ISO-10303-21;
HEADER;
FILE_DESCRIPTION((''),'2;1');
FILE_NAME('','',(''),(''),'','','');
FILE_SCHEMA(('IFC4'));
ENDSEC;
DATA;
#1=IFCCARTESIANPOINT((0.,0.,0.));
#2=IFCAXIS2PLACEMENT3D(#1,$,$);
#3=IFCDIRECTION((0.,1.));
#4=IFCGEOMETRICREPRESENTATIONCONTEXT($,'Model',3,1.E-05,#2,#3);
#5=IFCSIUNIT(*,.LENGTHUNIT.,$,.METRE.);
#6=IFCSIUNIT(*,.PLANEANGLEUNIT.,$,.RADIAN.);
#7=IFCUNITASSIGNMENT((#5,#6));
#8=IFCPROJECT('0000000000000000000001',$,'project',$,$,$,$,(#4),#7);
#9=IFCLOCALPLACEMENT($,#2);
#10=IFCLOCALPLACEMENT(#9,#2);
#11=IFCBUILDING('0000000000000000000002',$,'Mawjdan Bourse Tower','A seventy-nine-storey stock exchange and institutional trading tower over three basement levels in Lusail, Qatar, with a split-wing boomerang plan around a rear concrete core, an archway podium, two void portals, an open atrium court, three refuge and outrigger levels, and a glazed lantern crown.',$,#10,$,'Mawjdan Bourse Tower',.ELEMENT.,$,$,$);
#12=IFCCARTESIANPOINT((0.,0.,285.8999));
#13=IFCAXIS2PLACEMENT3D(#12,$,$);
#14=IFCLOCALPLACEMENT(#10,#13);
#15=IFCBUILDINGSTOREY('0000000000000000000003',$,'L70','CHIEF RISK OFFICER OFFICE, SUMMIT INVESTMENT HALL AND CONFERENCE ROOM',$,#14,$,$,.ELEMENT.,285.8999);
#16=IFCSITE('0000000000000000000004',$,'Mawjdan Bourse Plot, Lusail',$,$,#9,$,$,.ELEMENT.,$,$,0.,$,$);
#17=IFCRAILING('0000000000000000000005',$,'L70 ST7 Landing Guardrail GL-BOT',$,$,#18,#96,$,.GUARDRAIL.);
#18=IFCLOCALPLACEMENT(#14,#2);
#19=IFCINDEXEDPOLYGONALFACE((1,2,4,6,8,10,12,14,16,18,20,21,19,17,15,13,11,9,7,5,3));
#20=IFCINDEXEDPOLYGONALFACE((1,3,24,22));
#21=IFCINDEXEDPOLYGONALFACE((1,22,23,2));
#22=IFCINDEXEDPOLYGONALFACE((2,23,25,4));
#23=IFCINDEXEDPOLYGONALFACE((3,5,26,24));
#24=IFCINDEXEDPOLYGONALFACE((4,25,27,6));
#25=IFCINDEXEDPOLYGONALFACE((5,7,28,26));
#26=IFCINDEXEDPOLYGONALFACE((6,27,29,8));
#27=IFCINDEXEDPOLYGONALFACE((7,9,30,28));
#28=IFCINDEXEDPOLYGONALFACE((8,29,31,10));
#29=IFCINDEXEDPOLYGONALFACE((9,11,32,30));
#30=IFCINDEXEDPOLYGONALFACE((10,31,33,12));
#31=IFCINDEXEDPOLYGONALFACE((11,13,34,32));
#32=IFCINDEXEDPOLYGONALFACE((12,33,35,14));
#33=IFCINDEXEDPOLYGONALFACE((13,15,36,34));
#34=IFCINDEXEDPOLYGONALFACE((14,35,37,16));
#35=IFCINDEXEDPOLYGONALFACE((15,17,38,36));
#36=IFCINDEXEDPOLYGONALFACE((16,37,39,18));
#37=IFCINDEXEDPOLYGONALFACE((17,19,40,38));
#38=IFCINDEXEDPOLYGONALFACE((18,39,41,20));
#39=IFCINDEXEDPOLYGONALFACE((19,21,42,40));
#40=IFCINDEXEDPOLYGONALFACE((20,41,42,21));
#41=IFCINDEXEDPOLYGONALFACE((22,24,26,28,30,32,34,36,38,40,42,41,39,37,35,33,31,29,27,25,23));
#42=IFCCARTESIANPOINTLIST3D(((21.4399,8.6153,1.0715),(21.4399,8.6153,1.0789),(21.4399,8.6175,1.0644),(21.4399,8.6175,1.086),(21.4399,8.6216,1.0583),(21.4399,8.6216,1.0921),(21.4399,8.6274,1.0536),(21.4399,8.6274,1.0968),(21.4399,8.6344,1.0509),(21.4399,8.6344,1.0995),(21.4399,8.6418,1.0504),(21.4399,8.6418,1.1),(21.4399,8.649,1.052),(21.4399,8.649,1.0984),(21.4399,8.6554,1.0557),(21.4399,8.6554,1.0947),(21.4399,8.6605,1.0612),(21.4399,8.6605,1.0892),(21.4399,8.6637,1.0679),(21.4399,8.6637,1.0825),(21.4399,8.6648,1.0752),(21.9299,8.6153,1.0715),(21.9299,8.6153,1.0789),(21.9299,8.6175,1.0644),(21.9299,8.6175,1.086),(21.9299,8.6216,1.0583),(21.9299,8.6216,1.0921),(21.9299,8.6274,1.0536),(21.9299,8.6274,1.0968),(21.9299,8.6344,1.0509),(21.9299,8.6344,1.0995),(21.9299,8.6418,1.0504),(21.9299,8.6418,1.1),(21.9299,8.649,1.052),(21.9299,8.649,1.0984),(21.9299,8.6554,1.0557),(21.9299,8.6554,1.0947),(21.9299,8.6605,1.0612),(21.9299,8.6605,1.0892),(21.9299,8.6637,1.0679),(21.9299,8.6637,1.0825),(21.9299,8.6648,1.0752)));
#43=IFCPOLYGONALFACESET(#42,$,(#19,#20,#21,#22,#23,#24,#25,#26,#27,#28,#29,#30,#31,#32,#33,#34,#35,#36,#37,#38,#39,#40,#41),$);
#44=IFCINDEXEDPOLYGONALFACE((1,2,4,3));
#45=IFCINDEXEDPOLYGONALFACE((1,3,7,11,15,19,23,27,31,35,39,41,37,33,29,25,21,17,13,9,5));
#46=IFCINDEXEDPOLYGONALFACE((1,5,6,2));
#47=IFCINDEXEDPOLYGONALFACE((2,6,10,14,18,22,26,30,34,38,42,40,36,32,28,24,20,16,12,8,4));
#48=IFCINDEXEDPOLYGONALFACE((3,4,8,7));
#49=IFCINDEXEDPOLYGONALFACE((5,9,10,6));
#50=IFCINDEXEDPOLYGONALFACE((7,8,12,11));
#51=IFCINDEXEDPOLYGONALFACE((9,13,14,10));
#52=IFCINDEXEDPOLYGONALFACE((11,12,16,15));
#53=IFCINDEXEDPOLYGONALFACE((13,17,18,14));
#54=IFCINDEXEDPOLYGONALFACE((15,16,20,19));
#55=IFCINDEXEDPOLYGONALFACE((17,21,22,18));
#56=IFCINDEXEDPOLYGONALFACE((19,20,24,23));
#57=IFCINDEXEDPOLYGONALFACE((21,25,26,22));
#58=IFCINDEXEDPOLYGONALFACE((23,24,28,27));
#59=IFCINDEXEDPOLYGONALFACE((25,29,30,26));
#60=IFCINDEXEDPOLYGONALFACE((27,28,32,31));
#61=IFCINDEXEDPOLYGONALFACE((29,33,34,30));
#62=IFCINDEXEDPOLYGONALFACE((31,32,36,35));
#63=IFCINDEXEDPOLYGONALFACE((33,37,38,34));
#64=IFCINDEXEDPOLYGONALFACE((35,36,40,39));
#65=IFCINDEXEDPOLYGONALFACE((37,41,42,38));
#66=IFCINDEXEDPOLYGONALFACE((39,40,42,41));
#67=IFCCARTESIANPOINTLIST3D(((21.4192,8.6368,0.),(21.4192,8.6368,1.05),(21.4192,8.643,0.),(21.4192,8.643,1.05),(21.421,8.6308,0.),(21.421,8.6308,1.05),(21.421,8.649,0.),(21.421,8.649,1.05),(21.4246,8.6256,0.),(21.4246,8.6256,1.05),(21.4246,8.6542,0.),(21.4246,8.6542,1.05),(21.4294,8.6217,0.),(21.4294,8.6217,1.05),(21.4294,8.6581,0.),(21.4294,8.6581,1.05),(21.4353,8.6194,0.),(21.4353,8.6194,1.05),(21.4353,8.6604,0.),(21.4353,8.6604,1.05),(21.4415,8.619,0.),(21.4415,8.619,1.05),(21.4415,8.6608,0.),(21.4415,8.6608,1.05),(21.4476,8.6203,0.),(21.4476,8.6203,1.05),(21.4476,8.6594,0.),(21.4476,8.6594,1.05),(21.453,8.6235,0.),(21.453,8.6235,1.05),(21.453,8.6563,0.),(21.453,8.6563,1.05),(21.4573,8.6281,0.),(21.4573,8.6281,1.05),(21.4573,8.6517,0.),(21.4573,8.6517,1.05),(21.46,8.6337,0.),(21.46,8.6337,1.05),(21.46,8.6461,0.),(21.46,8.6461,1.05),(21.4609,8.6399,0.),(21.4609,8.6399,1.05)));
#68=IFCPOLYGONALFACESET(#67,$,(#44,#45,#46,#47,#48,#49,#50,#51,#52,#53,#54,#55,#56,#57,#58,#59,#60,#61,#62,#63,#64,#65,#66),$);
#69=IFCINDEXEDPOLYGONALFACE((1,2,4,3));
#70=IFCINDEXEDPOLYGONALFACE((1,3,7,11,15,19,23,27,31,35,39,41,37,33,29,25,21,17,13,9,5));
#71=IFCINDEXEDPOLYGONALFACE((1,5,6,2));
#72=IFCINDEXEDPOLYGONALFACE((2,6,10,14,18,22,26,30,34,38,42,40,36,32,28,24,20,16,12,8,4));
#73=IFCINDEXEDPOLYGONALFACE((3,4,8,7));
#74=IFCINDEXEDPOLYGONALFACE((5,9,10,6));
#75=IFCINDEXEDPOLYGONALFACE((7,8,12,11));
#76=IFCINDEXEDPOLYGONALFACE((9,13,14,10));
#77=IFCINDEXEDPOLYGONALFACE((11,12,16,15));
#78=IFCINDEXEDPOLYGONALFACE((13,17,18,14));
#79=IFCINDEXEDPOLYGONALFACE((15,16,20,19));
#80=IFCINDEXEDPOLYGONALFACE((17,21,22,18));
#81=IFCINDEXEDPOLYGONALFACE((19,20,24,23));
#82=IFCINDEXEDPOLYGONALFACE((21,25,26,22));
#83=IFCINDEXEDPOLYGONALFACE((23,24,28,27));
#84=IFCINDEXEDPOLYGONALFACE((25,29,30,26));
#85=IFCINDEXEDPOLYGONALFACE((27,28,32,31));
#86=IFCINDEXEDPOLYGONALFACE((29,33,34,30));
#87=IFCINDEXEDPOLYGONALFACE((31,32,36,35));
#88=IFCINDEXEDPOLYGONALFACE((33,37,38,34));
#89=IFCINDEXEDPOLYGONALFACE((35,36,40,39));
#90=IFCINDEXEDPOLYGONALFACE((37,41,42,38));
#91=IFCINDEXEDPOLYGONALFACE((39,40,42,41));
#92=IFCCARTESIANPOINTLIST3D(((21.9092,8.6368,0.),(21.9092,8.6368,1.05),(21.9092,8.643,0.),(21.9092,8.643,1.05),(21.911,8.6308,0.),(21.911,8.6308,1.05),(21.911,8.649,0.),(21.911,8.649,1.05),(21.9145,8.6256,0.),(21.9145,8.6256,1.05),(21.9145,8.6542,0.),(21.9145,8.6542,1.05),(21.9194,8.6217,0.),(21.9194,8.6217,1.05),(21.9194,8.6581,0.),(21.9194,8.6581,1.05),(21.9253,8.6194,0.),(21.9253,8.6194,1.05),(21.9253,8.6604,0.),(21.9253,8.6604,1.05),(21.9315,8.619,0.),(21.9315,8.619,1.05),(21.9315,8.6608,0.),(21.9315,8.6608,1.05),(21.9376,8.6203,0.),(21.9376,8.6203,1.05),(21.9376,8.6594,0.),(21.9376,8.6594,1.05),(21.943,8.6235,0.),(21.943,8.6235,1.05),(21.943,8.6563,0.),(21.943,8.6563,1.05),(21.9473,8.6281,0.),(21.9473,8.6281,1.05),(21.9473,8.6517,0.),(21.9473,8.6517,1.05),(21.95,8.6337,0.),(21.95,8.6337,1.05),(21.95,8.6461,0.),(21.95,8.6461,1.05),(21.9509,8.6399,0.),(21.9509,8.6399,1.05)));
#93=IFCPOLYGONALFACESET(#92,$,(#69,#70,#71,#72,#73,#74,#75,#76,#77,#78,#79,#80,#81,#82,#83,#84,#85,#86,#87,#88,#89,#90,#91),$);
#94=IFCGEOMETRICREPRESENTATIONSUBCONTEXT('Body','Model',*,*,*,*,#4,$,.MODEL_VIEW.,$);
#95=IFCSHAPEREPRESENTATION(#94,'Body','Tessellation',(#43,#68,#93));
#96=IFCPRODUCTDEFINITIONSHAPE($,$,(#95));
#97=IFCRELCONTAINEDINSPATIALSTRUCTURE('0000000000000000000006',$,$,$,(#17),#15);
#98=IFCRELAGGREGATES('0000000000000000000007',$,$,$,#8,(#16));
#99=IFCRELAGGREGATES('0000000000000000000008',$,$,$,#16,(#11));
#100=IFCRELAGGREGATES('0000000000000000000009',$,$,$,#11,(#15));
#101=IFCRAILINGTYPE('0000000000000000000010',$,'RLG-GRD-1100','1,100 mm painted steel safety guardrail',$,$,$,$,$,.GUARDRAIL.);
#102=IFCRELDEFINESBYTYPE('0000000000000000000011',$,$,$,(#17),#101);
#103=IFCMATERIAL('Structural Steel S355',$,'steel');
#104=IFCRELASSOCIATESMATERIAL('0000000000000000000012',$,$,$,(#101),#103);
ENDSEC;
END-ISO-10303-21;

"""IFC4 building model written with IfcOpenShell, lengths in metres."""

from ifc_helpers import new_model, si_unit, direction, frame, origin, origin_2d, place, context, subcontext, project, spatial, circle, extrude, material, type_object, element, save


model = new_model("IFC4")

# Units and contexts
model_context = context("Model", 3, precision=1e-05, world=origin(), true_north=direction((0.0, 1.0)))
body_context = subcontext(model_context, "Body", "Model", "MODEL_VIEW")
ifc_project = project(units=[si_unit("LENGTHUNIT", "METRE"), si_unit("PLANEANGLEUNIT", "RADIAN")], contexts=[model_context])

# Site, building, storey
site_placement = place(None, origin())
site = spatial("IfcSite", under=ifc_project, at=site_placement, Name="Mawjdan Bourse Plot, Lusail", CompositionType="ELEMENT", RefElevation=0.0)
building_placement = place(site_placement, origin())
building = spatial("IfcBuilding", under=site, at=building_placement, Name="Mawjdan Bourse Tower", Description="A seventy-nine-storey stock exchange and institutional trading tower over three basement levels in Lusail, Qatar, with a split-wing boomerang plan around a rear concrete core, an archway podium, two void portals, an open atrium court, three refuge and outrigger levels, and a glazed lantern crown.", LongName="Mawjdan Bourse Tower", CompositionType="ELEMENT")
storey_placement = place(building_placement, frame((0.0, 0.0, 285.8999)))
storey = spatial("IfcBuildingStorey", under=building, at=storey_placement, Name="L70", Description="CHIEF RISK OFFICER OFFICE, SUMMIT INVESTMENT HALL AND CONFERENCE ROOM", CompositionType="ELEMENT", Elevation=285.8999)

# Shared definitions
ifc_material_1 = material(Name="Structural Steel S355", Category="steel")

# Railing
railing_type_1 = type_object("IfcRailingType", Name="RLG-GRD-1100", Description="1,100 mm painted steel safety guardrail", PredefinedType="GUARDRAIL", material=ifc_material_1)
for number, where, name in (
    (1, (21.4399, 8.6399, 0.0), "L70 ST7 Landing Guardrail GL-BOT"),
):
    element("IfcRailing", number, at=place(storey_placement, frame(where)), inside=storey, type_object=railing_type_1, Name=name, PredefinedType="GUARDRAIL", context=body_context, shape_type="SweptSolid", body=[
        extrude(circle(Radius=0.0249, at=origin_2d()), frame((0.0, 0.0, 1.0752), z_axis=(1.0, 0.0, 0.0), x_axis=(0.0, 1.0, 0.0)), (0.0, 0.0, 1.0), 0.49),
        extrude(circle(Radius=0.021, at=origin_2d()), origin(), (0.0, 0.0, 1.0), 1.05),
        extrude(circle(Radius=0.021, at=origin_2d()), frame((0.49, 0.0, 0.0)), (0.0, 0.0, 1.0), 1.05),
    ])

save(model, "model.ifc")
